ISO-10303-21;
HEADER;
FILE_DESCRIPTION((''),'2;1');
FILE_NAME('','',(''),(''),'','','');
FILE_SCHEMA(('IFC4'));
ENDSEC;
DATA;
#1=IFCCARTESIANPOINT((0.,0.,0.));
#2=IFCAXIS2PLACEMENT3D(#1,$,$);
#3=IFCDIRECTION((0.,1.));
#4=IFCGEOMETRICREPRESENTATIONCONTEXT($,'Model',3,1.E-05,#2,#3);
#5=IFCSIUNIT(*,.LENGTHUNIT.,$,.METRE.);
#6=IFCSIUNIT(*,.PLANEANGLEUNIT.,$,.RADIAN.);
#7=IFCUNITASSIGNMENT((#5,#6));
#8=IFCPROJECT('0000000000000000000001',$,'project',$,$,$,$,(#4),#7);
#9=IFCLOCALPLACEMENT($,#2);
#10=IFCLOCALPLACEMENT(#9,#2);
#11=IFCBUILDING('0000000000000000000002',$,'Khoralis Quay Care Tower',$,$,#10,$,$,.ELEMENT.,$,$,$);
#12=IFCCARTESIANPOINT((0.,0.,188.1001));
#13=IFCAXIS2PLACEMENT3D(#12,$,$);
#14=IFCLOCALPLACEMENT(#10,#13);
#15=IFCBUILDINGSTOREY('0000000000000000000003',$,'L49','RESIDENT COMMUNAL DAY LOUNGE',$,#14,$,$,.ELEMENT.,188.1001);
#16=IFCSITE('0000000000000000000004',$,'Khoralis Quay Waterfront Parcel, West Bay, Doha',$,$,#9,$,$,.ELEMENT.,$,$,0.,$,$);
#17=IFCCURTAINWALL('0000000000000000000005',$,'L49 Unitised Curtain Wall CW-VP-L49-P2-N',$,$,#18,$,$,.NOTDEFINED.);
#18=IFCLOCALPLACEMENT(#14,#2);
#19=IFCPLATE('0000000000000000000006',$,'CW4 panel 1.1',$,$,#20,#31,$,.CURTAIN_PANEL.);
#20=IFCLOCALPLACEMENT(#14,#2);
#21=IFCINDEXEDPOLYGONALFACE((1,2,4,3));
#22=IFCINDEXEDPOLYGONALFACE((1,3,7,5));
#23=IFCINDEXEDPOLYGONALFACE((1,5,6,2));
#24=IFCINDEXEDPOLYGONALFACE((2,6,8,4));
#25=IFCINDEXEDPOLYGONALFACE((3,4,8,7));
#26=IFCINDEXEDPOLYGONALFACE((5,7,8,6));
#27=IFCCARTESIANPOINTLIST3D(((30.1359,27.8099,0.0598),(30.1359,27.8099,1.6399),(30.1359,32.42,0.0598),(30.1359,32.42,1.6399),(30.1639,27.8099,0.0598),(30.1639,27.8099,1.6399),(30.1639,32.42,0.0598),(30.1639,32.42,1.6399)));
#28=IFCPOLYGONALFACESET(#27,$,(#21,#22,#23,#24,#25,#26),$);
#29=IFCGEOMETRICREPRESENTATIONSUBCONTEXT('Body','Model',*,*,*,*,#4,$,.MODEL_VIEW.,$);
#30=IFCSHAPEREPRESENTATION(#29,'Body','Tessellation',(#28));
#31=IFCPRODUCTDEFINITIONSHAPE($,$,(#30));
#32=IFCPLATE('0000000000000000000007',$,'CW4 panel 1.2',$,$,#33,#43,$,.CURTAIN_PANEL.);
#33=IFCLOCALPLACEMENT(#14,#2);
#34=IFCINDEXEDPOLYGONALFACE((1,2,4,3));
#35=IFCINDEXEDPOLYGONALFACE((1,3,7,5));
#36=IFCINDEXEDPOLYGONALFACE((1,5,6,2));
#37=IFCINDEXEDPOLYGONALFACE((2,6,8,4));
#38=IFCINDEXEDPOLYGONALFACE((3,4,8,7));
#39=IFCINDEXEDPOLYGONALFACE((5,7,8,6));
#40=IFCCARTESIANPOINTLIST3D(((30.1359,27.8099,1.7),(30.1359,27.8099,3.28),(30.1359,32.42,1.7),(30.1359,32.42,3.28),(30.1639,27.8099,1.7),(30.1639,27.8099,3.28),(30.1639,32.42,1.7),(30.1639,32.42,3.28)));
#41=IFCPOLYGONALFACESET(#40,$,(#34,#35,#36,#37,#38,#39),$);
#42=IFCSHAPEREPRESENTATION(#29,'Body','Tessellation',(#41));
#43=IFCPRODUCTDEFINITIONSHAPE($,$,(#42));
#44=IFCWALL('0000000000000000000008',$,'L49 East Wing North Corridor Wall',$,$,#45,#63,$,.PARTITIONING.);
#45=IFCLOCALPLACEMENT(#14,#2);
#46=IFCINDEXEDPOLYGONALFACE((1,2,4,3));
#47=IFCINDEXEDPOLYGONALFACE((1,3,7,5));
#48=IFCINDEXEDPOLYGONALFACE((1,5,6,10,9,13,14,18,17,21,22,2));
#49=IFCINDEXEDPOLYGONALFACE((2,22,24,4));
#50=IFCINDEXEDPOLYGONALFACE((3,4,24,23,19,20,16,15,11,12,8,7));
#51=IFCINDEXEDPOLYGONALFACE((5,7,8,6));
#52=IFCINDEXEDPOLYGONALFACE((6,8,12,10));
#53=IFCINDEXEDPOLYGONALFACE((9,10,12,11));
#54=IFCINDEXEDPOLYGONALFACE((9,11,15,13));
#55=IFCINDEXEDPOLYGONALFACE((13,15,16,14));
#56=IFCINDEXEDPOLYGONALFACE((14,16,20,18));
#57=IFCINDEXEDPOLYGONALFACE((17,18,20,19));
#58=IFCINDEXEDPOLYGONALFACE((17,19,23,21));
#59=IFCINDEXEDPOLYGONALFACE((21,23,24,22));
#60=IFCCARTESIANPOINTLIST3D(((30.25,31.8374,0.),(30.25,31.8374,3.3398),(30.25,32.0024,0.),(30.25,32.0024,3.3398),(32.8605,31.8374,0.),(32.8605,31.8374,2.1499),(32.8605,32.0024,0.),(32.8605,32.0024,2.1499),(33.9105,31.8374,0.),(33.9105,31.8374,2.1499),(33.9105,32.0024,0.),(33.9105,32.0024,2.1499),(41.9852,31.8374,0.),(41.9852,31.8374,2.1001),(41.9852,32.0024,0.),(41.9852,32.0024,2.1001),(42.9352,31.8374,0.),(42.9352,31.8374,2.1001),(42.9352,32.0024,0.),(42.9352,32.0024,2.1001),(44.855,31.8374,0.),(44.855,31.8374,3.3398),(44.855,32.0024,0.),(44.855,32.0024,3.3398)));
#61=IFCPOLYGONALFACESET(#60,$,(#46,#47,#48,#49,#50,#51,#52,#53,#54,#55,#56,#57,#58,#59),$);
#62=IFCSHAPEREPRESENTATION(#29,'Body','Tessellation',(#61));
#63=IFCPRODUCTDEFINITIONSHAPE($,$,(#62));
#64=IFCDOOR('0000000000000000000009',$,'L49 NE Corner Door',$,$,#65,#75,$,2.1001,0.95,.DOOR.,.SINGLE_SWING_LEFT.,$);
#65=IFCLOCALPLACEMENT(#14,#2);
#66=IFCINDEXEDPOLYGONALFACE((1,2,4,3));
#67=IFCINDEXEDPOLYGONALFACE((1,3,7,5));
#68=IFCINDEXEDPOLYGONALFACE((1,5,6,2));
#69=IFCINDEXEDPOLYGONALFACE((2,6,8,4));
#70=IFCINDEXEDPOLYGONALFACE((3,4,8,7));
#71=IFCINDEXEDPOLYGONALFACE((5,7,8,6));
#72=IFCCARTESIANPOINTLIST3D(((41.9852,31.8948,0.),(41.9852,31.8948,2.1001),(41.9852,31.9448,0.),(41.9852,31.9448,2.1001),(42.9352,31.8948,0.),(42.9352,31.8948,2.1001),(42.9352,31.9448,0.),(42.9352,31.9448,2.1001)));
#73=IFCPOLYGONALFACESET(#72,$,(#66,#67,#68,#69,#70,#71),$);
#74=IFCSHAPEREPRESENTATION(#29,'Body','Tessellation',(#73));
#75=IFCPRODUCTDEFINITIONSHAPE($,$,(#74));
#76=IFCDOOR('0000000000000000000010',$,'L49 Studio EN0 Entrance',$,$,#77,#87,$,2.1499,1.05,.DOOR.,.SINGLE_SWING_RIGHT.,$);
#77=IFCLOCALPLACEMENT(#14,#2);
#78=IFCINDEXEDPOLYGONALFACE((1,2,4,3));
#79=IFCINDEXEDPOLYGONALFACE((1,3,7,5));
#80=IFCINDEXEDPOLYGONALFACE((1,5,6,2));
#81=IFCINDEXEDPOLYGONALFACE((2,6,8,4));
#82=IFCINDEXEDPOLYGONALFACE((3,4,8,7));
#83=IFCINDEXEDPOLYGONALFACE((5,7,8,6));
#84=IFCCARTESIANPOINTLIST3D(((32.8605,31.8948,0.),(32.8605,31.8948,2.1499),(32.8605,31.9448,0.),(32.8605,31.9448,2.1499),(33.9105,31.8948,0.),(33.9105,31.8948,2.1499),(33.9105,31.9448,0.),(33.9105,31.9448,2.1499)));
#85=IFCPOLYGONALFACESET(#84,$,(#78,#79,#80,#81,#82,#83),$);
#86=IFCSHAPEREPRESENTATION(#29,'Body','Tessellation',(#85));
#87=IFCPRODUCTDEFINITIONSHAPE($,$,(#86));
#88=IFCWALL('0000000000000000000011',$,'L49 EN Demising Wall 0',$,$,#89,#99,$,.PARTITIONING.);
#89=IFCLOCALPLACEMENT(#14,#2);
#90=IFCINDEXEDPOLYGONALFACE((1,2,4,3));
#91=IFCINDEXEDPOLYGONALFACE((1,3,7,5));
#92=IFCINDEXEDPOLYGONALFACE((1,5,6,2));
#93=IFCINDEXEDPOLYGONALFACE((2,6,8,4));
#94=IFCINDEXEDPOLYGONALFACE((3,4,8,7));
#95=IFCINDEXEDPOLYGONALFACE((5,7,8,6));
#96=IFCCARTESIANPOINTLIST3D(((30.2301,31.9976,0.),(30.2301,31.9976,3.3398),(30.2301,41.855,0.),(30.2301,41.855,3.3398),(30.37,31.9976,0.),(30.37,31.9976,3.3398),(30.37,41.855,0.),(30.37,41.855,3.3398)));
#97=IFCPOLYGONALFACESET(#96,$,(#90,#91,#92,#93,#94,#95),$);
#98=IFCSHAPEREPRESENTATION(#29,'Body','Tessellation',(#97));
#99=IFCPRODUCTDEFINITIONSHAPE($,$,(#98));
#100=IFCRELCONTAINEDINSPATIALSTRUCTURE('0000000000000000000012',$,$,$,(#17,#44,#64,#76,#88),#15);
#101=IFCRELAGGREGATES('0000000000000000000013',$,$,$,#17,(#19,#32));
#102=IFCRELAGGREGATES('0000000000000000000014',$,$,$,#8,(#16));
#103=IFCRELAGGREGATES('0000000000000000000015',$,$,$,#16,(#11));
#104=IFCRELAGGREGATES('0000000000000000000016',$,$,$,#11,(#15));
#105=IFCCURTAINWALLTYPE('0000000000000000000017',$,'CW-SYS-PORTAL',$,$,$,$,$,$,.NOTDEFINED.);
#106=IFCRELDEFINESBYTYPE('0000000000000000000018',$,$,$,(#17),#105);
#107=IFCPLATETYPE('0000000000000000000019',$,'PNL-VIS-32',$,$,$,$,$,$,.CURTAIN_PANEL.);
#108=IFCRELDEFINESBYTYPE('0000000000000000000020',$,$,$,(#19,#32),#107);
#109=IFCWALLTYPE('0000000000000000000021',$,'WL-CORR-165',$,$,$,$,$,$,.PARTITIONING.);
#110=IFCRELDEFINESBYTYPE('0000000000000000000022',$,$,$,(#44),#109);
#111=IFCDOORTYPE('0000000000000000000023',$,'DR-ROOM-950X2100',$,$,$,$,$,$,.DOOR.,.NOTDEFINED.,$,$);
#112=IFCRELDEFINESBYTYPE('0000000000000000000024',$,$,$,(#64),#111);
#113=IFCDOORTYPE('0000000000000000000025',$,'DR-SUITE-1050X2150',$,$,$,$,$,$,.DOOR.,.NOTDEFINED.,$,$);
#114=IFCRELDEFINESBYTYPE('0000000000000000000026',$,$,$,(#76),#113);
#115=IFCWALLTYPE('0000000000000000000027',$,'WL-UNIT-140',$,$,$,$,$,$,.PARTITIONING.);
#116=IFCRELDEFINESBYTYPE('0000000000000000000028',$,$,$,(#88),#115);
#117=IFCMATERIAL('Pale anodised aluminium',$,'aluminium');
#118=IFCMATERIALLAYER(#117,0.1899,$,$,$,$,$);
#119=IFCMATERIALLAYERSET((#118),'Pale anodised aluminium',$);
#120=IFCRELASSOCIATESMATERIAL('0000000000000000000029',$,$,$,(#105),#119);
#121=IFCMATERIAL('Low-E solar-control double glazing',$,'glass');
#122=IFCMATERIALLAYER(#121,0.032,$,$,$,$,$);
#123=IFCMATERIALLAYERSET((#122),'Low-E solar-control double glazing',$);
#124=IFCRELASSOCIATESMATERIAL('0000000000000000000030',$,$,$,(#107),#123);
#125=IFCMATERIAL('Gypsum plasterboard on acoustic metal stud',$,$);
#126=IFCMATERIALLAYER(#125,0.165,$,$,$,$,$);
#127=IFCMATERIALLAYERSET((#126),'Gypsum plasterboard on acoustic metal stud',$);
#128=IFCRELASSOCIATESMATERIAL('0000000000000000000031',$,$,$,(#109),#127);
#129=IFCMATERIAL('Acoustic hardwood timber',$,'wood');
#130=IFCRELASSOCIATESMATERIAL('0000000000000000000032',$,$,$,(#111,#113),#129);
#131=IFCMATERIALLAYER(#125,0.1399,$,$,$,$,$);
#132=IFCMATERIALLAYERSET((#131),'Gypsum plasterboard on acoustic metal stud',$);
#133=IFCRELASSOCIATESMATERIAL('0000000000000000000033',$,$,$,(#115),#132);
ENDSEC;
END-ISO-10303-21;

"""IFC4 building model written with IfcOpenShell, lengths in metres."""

from ifc_helpers import new_model, si_unit, direction, frame, frame_2d, origin, origin_2d, place, context, subcontext, project, spatial, rectangle, extrude, source, transform, mapped, material, layer, layer_set, type_object, element, fill, aggregate, save


model = new_model("IFC4")

# Units and contexts
model_context = context("Model", 3, precision=1e-05, world=origin(), true_north=direction((0.0, 1.0)))
body_context = subcontext(model_context, "Body", "Model", "MODEL_VIEW")
ifc_project = project(units=[si_unit("LENGTHUNIT", "METRE"), si_unit("PLANEANGLEUNIT", "RADIAN")], contexts=[model_context])

# Site, building, storey
site_placement = place(None, origin())
site = spatial("IfcSite", under=ifc_project, at=site_placement, Name="Khoralis Quay Waterfront Parcel, West Bay, Doha", CompositionType="ELEMENT", RefElevation=0.0)
building_placement = place(site_placement, origin())
building = spatial("IfcBuilding", under=site, at=building_placement, Name="Khoralis Quay Care Tower", CompositionType="ELEMENT")
storey_placement = place(building_placement, frame((0.0, 0.0, 188.1001)))
storey = spatial("IfcBuildingStorey", under=building, at=storey_placement, Name="L49", Description="RESIDENT COMMUNAL DAY LOUNGE", CompositionType="ELEMENT", Elevation=188.1001)

# Shared definitions
ifc_material_1 = material(Name="Pale anodised aluminium", Category="aluminium")
ifc_layer_1 = layer(ifc_material_1, 0.1899)
ifc_layer_set_1 = layer_set([ifc_layer_1], Name="Pale anodised aluminium")
curtain_wall_type = type_object("IfcCurtainWallType", Name="CW-SYS-PORTAL", PredefinedType="NOTDEFINED", material=ifc_layer_set_1)

# Curtain wall
curtain_wall_1_placement = place(storey_placement, origin())
curtain_wall_1 = element("IfcCurtainWall", 1, at=curtain_wall_1_placement, inside=storey, type_object=curtain_wall_type, Name="L49 Unitised Curtain Wall CW-VP-L49-P2-N", PredefinedType="NOTDEFINED")

# Plates
ifc_material_2 = material(Name="Low-E solar-control double glazing", Category="glass")
ifc_layer_2 = layer(ifc_material_2, 0.032)
ifc_layer_set_2 = layer_set([ifc_layer_2], Name="Low-E solar-control double glazing")
plate_type = type_object("IfcPlateType", Name="PNL-VIS-32", PredefinedType="CURTAIN_PANEL", material=ifc_layer_set_2)
shared_shape_1 = source(origin(), body_context, "Body", "SweptSolid", [
    extrude(rectangle(XDim=4.6101, YDim=0.0281, at=origin_2d()), origin(), (0.0, 0.0, 1.0), 1.5801),
])
plate_1_placement = place(storey_placement, frame((30.1499, 30.115, 0.0598), z_axis=(0.0, 0.0, 1.0), x_axis=(0.0, 1.0, 0.0)))
plate_1 = element("IfcPlate", 2, at=plate_1_placement, type_object=plate_type, Name="CW4 panel 1.1", PredefinedType="CURTAIN_PANEL", context=body_context, shape_type="MappedRepresentation", body=[
    mapped(shared_shape_1, transform((0.0, 0.0, 0.0), scale=1.0)),
])
plate_2_placement = place(storey_placement, frame((30.1499, 30.115, 1.7), z_axis=(0.0, 0.0, 1.0), x_axis=(0.0, 1.0, 0.0)))
plate_2 = element("IfcPlate", 3, at=plate_2_placement, type_object=plate_type, Name="CW4 panel 1.2", PredefinedType="CURTAIN_PANEL", context=body_context, shape_type="MappedRepresentation", body=[
    mapped(shared_shape_1, transform((0.0, 0.0, 0.0), scale=1.0)),
])
aggregate(curtain_wall_1, [plate_1, plate_2])

# Wall, openings, doors
ifc_material_3 = material(Name="Gypsum plasterboard on acoustic metal stud")
ifc_layer_3 = layer(ifc_material_3, 0.165)
ifc_layer_set_3 = layer_set([ifc_layer_3], Name="Gypsum plasterboard on acoustic metal stud")
wall_type_1 = type_object("IfcWallType", Name="WL-CORR-165", PredefinedType="PARTITIONING", material=ifc_layer_set_3)
wall_1_placement = place(storey_placement, frame((30.25, 31.9199, 0.0), z_axis=(0.0, 0.0, 1.0), x_axis=(1.0, 0.0, 0.0)))
wall_1 = element("IfcWall", 4, at=wall_1_placement, inside=storey, type_object=wall_type_1, Name="L49 East Wing North Corridor Wall", PredefinedType="PARTITIONING", context=body_context, shape_type="SweptSolid", body=[
    extrude(rectangle(XDim=14.605, YDim=0.165, at=frame_2d((7.3025, 0.0))), origin(), (0.0, 0.0, 1.0), 3.3398),
])
opening_1_placement = place(wall_1_placement, frame((2.6106, 0.0, 0.0)))
opening_1 = element("IfcOpeningElement", 5, at=opening_1_placement, cuts=wall_1, PredefinedType="OPENING", context=body_context, shape_type="SweptSolid", body=[
    extrude(rectangle(XDim=1.05, YDim=2.1499, at=frame_2d((0.5249, 1.075))), frame((0.0, 0.0925, 0.0), z_axis=(0.0, -1.0, 0.0), x_axis=(1.0, 0.0, 0.0)), (0.0, 0.0, 1.0), 0.1851),
])
opening_2_placement = place(wall_1_placement, frame((11.7351, 0.0, 0.0)))
opening_2 = element("IfcOpeningElement", 6, at=opening_2_placement, cuts=wall_1, PredefinedType="OPENING", context=body_context, shape_type="SweptSolid", body=[
    extrude(rectangle(XDim=0.95, YDim=2.1001, at=frame_2d((0.4751, 1.05))), frame((0.0, 0.0925, 0.0), z_axis=(0.0, -1.0, 0.0), x_axis=(1.0, 0.0, 0.0)), (0.0, 0.0, 1.0), 0.1851),
])
ifc_material_4 = material(Name="Acoustic hardwood timber", Category="wood")
door_type_1 = type_object("IfcDoorType", Name="DR-ROOM-950X2100", OperationType="NOTDEFINED", PredefinedType="DOOR", material=ifc_material_4)
shared_shape_2 = source(origin(), body_context, "Body", "SweptSolid", [
    extrude(rectangle(XDim=0.95, YDim=2.1001, at=frame_2d((0.4751, 1.05))), frame((0.0, 0.0249, 0.0), z_axis=(0.0, -1.0, 0.0), x_axis=(1.0, 0.0, 0.0)), (0.0, 0.0, 1.0), 0.05),
])
door_1_placement = place(opening_2_placement, origin())
door_1 = element("IfcDoor", 7, at=door_1_placement, inside=storey, type_object=door_type_1, Name="L49 NE Corner Door", OperationType="SINGLE_SWING_LEFT", OverallHeight=2.1001, OverallWidth=0.95, PredefinedType="DOOR", context=body_context, shape_type="MappedRepresentation", body=[
    mapped(shared_shape_2, transform((0.0, 0.0, 0.0), scale=1.0)),
])
fill(opening_2, door_1)
door_type_2 = type_object("IfcDoorType", Name="DR-SUITE-1050X2150", OperationType="NOTDEFINED", PredefinedType="DOOR", material=ifc_material_4)
shared_shape_3 = source(origin(), body_context, "Body", "SweptSolid", [
    extrude(rectangle(XDim=1.05, YDim=2.1499, at=frame_2d((0.5249, 1.075))), frame((0.0, 0.0249, 0.0), z_axis=(0.0, -1.0, 0.0), x_axis=(1.0, 0.0, 0.0)), (0.0, 0.0, 1.0), 0.05),
])
door_2_placement = place(opening_1_placement, origin())
door_2 = element("IfcDoor", 8, at=door_2_placement, inside=storey, type_object=door_type_2, Name="L49 Studio EN0 Entrance", OperationType="SINGLE_SWING_RIGHT", OverallHeight=2.1499, OverallWidth=1.05, PredefinedType="DOOR", context=body_context, shape_type="MappedRepresentation", body=[
    mapped(shared_shape_3, transform((0.0, 0.0, 0.0), scale=1.0)),
])
fill(opening_1, door_2)

# Wall
ifc_layer_4 = layer(ifc_material_3, 0.1399)
ifc_layer_set_4 = layer_set([ifc_layer_4], Name="Gypsum plasterboard on acoustic metal stud")
wall_type_2 = type_object("IfcWallType", Name="WL-UNIT-140", PredefinedType="PARTITIONING", material=ifc_layer_set_4)
wall_2_placement = place(storey_placement, frame((30.3, 31.9976, 0.0), z_axis=(0.0, 0.0, 1.0), x_axis=(0.0, 1.0, 0.0)))
element("IfcWall", 9, at=wall_2_placement, inside=storey, type_object=wall_type_2, Name="L49 EN Demising Wall 0", PredefinedType="PARTITIONING", context=body_context, shape_type="SweptSolid", body=[
    extrude(rectangle(XDim=9.8574, YDim=0.1399, at=frame_2d((4.9287, 0.0))), origin(), (0.0, 0.0, 1.0), 3.3398),
])

save(model, "model.ifc")
